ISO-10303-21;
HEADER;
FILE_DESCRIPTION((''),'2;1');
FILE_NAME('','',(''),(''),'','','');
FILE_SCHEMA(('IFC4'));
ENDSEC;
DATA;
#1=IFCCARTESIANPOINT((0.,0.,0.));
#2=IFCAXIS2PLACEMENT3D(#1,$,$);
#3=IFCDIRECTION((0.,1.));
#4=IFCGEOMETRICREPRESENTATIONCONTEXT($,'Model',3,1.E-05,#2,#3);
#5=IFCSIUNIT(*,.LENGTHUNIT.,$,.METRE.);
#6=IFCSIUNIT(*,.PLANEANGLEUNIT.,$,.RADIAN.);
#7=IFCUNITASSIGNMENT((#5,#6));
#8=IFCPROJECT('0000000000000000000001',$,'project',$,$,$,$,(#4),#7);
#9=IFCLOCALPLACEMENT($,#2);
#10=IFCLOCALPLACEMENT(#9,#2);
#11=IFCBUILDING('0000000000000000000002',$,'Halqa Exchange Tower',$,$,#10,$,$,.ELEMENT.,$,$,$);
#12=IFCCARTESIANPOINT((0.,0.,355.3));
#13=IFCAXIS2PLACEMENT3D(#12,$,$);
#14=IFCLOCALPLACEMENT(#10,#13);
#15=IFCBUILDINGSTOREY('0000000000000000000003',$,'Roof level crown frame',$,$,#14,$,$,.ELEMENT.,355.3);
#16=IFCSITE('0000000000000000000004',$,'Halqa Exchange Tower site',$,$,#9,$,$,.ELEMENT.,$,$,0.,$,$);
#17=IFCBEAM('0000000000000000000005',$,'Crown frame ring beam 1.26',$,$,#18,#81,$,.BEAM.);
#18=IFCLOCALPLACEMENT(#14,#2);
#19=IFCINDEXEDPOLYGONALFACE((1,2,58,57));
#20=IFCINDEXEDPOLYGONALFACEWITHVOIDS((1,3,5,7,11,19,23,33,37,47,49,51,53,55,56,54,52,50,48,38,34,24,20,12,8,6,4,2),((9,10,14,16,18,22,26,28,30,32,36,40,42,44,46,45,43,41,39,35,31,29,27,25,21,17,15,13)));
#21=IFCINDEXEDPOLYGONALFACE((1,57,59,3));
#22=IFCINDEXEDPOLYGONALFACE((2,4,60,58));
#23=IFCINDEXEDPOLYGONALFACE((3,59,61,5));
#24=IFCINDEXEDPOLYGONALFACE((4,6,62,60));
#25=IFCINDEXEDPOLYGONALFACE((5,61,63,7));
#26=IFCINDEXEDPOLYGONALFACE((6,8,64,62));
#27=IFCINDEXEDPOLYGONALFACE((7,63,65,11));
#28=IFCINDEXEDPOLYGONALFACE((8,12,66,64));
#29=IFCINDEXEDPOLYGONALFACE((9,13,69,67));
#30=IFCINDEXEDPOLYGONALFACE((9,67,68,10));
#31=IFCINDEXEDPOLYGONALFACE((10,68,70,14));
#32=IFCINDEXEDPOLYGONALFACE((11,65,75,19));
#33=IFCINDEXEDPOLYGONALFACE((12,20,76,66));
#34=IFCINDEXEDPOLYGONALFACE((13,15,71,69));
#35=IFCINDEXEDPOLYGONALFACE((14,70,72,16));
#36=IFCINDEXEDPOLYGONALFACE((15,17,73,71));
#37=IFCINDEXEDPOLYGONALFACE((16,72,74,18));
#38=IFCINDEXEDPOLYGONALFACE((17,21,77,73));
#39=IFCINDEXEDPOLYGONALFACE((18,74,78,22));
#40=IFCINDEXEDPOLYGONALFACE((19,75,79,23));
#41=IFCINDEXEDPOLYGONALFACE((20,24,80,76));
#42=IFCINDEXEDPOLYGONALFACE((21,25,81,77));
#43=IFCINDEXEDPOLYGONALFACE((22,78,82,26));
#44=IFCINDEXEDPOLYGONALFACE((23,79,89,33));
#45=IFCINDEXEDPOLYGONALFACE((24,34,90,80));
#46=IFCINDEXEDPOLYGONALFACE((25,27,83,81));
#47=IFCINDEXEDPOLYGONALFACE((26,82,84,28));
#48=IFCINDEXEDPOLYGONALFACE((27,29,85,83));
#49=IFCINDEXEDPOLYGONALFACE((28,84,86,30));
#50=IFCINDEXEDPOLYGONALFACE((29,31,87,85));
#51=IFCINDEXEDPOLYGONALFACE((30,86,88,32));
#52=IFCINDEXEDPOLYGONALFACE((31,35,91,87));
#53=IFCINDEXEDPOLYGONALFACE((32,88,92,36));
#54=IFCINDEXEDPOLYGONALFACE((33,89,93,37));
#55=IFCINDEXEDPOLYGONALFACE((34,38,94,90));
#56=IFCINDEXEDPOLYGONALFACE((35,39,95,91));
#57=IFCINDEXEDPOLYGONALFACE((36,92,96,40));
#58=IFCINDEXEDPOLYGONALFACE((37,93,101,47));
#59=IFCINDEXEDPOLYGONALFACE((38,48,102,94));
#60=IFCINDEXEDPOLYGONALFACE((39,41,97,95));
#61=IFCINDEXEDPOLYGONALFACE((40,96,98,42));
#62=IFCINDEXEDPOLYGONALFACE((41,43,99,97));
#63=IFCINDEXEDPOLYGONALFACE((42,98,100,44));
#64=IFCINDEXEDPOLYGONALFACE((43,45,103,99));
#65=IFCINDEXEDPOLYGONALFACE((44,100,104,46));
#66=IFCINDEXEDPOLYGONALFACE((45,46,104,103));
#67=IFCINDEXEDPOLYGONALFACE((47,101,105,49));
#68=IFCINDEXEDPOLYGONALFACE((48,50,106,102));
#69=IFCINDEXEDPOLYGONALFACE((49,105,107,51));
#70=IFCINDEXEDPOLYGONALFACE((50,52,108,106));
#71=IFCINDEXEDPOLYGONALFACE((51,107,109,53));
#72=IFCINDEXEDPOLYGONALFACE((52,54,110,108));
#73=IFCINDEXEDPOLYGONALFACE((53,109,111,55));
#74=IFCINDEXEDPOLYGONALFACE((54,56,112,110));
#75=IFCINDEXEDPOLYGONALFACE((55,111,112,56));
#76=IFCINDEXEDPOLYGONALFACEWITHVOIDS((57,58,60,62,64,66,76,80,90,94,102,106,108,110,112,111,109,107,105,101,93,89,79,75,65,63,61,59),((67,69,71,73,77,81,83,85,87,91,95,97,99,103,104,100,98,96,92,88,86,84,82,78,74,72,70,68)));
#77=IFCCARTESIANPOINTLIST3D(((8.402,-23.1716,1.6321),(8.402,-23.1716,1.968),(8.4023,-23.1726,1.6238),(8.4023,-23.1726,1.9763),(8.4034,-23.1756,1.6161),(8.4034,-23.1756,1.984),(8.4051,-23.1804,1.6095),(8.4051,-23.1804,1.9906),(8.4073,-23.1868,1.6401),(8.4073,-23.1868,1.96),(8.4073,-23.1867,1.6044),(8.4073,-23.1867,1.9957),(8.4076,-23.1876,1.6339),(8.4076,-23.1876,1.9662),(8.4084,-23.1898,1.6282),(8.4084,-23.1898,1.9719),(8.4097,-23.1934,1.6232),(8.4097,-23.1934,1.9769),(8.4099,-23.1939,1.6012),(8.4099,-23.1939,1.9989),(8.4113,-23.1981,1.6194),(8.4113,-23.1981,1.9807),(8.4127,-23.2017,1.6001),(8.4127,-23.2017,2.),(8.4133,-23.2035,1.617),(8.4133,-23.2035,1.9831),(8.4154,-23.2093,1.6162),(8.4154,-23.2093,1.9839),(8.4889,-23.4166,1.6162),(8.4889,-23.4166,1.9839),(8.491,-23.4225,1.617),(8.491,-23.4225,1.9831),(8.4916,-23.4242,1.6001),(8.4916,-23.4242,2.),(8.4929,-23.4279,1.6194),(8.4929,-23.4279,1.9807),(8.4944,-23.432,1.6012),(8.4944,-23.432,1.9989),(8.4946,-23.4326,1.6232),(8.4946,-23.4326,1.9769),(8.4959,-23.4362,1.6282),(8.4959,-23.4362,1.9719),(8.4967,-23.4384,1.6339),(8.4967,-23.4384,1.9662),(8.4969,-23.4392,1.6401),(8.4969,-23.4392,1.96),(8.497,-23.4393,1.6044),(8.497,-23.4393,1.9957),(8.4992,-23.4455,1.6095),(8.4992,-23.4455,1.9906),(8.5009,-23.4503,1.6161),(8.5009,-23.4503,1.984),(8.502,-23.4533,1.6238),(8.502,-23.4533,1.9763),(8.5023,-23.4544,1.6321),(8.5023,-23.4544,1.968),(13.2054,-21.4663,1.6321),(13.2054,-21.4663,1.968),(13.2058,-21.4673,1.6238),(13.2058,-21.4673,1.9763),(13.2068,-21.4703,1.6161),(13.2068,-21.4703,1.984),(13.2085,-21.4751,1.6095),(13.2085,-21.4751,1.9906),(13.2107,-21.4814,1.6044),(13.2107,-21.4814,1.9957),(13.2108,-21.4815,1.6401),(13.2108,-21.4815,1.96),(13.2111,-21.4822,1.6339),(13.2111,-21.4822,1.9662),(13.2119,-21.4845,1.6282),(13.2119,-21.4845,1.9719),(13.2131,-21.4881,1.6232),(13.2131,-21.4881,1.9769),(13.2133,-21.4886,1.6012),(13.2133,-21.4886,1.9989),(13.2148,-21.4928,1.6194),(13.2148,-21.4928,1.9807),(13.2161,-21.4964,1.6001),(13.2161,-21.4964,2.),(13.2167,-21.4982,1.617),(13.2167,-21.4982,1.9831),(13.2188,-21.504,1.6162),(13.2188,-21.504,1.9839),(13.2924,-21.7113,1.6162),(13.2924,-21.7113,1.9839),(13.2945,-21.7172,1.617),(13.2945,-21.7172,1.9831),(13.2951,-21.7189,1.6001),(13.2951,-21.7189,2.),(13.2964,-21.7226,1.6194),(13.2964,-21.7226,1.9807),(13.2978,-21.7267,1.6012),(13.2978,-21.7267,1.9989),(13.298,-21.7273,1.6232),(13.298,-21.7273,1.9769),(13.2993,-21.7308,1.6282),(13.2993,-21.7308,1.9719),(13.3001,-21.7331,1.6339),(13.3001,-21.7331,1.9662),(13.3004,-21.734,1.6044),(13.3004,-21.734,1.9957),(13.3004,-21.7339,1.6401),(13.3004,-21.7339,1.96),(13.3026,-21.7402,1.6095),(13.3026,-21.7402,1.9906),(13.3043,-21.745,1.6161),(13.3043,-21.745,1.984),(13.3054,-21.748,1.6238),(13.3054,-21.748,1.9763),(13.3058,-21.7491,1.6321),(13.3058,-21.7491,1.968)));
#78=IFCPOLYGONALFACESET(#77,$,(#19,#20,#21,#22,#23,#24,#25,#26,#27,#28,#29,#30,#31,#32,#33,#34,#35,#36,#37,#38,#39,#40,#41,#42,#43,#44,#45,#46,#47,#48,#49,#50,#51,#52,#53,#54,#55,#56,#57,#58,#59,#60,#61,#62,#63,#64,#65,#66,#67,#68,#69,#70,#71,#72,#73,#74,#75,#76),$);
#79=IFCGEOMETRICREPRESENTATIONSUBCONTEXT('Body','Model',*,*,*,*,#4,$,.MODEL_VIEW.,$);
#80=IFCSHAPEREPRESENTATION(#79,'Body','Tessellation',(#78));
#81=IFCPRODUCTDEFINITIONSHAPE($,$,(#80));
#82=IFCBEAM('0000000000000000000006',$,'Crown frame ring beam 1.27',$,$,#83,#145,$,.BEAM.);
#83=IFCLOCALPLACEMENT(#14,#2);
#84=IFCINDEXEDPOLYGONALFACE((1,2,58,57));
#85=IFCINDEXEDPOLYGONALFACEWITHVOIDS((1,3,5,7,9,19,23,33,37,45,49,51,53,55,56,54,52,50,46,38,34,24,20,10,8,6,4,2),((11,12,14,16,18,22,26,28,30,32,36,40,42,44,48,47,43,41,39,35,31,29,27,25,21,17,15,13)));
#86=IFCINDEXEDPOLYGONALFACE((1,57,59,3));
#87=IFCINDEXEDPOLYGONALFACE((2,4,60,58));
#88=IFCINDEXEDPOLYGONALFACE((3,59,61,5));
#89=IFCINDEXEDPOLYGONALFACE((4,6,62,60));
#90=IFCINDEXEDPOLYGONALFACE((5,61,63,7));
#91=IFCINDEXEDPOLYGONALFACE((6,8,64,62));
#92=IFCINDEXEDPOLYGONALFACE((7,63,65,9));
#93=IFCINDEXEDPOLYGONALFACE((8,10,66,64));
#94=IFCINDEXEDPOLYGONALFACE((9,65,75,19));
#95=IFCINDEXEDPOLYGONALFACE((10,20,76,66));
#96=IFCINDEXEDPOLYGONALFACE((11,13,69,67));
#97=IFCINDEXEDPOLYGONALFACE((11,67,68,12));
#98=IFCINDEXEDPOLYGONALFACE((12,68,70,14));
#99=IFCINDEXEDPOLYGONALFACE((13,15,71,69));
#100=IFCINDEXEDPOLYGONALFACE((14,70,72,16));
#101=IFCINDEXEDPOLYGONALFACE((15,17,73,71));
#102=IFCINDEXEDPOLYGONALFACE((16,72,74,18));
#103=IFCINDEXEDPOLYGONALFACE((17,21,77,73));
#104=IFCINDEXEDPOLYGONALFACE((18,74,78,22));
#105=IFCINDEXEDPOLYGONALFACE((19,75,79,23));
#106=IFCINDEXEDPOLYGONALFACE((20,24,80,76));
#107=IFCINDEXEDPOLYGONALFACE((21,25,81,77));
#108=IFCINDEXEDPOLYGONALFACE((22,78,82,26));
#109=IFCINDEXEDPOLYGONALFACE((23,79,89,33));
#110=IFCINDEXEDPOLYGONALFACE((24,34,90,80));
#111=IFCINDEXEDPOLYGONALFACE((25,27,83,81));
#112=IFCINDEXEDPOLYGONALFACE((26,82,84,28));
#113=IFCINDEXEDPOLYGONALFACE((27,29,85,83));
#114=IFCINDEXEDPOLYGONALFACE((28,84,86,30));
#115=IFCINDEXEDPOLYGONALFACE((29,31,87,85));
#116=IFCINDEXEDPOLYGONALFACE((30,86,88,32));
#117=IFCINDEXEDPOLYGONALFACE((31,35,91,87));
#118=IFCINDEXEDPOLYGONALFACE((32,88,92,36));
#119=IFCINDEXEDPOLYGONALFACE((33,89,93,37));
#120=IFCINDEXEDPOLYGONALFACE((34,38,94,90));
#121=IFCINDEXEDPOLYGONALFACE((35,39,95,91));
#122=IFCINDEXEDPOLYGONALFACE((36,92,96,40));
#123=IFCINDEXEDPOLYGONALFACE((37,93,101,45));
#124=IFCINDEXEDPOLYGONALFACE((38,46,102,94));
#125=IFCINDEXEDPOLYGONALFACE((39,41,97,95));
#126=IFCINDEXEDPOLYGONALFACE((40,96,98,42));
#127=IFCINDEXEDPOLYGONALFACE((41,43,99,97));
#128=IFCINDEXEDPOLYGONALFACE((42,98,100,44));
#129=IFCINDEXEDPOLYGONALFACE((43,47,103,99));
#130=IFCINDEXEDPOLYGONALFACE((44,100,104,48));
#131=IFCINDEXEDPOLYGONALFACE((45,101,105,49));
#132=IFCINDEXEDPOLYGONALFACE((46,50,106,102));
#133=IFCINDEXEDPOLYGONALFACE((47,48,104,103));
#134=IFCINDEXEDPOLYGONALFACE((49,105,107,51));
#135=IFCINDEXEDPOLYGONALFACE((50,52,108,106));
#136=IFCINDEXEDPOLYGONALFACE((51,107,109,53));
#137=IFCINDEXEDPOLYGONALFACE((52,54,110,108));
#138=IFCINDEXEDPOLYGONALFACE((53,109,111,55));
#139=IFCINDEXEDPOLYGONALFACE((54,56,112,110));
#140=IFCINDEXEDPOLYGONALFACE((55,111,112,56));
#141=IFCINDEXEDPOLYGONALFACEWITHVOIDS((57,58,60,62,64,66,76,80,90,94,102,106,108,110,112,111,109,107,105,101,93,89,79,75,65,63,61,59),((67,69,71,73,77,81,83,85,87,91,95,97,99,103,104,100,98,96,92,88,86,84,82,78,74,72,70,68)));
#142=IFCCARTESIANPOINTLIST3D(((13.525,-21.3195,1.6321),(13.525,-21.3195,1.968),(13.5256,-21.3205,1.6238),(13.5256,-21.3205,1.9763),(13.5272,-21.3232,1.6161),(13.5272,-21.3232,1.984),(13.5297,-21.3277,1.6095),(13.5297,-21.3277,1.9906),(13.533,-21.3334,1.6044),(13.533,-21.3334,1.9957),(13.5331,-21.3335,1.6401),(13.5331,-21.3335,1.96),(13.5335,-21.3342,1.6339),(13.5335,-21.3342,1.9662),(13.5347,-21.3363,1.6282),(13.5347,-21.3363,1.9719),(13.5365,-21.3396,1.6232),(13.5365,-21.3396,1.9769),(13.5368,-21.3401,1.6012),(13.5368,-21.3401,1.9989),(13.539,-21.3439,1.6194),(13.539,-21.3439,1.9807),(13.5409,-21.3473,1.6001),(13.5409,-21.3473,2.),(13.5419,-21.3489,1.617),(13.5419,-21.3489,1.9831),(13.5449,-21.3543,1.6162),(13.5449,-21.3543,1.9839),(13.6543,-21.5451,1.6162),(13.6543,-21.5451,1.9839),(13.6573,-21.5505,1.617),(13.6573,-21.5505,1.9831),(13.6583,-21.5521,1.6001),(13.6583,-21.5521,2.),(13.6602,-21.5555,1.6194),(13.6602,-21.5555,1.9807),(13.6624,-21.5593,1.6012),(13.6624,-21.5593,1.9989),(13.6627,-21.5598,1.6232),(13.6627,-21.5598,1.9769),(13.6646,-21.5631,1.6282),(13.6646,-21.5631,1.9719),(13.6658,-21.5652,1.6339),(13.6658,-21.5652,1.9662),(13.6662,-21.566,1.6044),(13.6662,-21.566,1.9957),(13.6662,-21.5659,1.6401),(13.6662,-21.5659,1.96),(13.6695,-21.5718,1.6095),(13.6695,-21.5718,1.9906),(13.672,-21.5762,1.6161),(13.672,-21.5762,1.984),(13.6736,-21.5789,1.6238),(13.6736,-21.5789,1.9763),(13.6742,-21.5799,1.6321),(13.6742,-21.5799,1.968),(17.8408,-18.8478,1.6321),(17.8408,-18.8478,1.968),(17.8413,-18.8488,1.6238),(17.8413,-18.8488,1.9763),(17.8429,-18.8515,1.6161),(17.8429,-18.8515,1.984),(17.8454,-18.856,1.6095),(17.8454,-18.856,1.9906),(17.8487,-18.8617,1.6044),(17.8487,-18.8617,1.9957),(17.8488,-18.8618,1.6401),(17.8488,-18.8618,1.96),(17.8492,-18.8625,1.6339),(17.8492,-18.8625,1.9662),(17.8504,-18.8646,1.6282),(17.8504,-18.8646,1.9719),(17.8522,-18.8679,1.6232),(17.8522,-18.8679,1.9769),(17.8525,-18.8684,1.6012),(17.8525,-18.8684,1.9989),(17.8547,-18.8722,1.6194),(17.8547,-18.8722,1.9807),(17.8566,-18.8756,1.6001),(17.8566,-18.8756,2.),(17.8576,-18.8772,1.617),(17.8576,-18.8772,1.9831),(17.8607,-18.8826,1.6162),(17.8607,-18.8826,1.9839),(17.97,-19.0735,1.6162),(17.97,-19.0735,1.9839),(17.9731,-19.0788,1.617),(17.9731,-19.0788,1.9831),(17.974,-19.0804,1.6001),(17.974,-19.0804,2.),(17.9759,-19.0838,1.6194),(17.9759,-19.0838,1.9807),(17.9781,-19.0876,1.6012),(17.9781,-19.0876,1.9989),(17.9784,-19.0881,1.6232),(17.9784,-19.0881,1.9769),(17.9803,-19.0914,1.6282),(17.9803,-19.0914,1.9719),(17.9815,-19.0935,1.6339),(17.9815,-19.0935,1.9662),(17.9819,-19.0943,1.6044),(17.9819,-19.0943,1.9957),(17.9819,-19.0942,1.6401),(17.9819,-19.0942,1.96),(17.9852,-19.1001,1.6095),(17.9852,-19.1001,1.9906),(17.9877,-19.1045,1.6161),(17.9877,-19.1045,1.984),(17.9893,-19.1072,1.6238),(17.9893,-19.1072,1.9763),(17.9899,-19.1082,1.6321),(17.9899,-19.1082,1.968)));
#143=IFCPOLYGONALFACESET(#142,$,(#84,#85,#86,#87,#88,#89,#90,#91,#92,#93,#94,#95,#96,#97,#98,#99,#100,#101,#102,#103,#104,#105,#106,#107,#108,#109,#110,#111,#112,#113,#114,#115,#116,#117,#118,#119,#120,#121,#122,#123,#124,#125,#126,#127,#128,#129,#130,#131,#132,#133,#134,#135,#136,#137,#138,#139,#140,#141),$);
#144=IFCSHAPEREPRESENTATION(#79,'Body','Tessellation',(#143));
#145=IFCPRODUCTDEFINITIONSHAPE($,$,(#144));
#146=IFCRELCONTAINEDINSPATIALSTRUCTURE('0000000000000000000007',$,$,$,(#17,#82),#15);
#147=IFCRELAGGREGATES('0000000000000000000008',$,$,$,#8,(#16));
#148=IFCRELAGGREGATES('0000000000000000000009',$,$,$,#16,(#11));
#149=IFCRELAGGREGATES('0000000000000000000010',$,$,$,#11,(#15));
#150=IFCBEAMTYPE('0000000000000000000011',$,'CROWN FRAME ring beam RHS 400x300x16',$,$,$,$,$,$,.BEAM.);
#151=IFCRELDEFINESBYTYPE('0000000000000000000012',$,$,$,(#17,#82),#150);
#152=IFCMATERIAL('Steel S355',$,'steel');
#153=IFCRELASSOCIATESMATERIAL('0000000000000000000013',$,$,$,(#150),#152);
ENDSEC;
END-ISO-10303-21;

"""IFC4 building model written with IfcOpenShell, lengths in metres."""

from ifc_helpers import new_model, si_unit, direction, frame, origin, origin_2d, place, context, subcontext, project, spatial, hollow_rectangle, extrude, material, material_profile, profile_set, type_object, element, save


model = new_model("IFC4")

# Units and contexts
model_context = context("Model", 3, precision=1e-05, world=origin(), true_north=direction((0.0, 1.0)))
body_context = subcontext(model_context, "Body", "Model", "MODEL_VIEW")
ifc_project = project(units=[si_unit("LENGTHUNIT", "METRE"), si_unit("PLANEANGLEUNIT", "RADIAN")], contexts=[model_context])

# Site, building, storey
site_placement = place(None, origin())
site = spatial("IfcSite", under=ifc_project, at=site_placement, Name="Halqa Exchange Tower site", CompositionType="ELEMENT", RefElevation=0.0)
building_placement = place(site_placement, origin())
building = spatial("IfcBuilding", under=site, at=building_placement, Name="Halqa Exchange Tower", CompositionType="ELEMENT")
storey_placement = place(building_placement, frame((0.0, 0.0, 355.3)))
storey = spatial("IfcBuildingStorey", under=building, at=storey_placement, Name="Roof level crown frame", CompositionType="ELEMENT", Elevation=355.3)

# Shared definitions
ifc_material_1 = material(Name="Steel S355", Category="steel")

# Beams
ifc_material_profile_1 = material_profile(ifc_material_1, hollow_rectangle(XDim=0.3, YDim=0.3999, WallThickness=0.0161, InnerFilletRadius=0.0239, OuterFilletRadius=0.032, at=origin_2d()), Name="RHS 400x300x16")
ifc_profile_set_1 = profile_set([ifc_material_profile_1], Name="Steel S355")
beam_type = type_object("IfcBeamType", Name="CROWN FRAME ring beam RHS 400x300x16", PredefinedType="BEAM", material=ifc_profile_set_1)
beam_1_placement = place(storey_placement, frame((8.4521, -23.313, 1.8), z_axis=(0.942374, 0.334561, 0.0), x_axis=(-0.334561, 0.942374, 0.0)))
element("IfcBeam", 1, at=beam_1_placement, inside=storey, type_object=beam_type, Name="Crown frame ring beam 1.26", PredefinedType="BEAM", context=body_context, shape_type="SweptSolid", body=[
    extrude(hollow_rectangle(XDim=0.3, YDim=0.3999, WallThickness=0.0161, InnerFilletRadius=0.0239, OuterFilletRadius=0.032, at=origin_2d()), origin(), (0.0, 0.0, 1.0), 5.0972),
])
beam_2_placement = place(storey_placement, frame((13.5996, -21.4497, 1.8), z_axis=(0.867759, 0.496985, 0.0), x_axis=(-0.496985, 0.867759, 0.0)))
element("IfcBeam", 2, at=beam_2_placement, inside=storey, type_object=beam_type, Name="Crown frame ring beam 1.27", PredefinedType="BEAM", context=body_context, shape_type="SweptSolid", body=[
    extrude(hollow_rectangle(XDim=0.3, YDim=0.3999, WallThickness=0.0161, InnerFilletRadius=0.0239, OuterFilletRadius=0.032, at=origin_2d()), origin(), (0.0, 0.0, 1.0), 4.9734),
])

save(model, "model.ifc")
